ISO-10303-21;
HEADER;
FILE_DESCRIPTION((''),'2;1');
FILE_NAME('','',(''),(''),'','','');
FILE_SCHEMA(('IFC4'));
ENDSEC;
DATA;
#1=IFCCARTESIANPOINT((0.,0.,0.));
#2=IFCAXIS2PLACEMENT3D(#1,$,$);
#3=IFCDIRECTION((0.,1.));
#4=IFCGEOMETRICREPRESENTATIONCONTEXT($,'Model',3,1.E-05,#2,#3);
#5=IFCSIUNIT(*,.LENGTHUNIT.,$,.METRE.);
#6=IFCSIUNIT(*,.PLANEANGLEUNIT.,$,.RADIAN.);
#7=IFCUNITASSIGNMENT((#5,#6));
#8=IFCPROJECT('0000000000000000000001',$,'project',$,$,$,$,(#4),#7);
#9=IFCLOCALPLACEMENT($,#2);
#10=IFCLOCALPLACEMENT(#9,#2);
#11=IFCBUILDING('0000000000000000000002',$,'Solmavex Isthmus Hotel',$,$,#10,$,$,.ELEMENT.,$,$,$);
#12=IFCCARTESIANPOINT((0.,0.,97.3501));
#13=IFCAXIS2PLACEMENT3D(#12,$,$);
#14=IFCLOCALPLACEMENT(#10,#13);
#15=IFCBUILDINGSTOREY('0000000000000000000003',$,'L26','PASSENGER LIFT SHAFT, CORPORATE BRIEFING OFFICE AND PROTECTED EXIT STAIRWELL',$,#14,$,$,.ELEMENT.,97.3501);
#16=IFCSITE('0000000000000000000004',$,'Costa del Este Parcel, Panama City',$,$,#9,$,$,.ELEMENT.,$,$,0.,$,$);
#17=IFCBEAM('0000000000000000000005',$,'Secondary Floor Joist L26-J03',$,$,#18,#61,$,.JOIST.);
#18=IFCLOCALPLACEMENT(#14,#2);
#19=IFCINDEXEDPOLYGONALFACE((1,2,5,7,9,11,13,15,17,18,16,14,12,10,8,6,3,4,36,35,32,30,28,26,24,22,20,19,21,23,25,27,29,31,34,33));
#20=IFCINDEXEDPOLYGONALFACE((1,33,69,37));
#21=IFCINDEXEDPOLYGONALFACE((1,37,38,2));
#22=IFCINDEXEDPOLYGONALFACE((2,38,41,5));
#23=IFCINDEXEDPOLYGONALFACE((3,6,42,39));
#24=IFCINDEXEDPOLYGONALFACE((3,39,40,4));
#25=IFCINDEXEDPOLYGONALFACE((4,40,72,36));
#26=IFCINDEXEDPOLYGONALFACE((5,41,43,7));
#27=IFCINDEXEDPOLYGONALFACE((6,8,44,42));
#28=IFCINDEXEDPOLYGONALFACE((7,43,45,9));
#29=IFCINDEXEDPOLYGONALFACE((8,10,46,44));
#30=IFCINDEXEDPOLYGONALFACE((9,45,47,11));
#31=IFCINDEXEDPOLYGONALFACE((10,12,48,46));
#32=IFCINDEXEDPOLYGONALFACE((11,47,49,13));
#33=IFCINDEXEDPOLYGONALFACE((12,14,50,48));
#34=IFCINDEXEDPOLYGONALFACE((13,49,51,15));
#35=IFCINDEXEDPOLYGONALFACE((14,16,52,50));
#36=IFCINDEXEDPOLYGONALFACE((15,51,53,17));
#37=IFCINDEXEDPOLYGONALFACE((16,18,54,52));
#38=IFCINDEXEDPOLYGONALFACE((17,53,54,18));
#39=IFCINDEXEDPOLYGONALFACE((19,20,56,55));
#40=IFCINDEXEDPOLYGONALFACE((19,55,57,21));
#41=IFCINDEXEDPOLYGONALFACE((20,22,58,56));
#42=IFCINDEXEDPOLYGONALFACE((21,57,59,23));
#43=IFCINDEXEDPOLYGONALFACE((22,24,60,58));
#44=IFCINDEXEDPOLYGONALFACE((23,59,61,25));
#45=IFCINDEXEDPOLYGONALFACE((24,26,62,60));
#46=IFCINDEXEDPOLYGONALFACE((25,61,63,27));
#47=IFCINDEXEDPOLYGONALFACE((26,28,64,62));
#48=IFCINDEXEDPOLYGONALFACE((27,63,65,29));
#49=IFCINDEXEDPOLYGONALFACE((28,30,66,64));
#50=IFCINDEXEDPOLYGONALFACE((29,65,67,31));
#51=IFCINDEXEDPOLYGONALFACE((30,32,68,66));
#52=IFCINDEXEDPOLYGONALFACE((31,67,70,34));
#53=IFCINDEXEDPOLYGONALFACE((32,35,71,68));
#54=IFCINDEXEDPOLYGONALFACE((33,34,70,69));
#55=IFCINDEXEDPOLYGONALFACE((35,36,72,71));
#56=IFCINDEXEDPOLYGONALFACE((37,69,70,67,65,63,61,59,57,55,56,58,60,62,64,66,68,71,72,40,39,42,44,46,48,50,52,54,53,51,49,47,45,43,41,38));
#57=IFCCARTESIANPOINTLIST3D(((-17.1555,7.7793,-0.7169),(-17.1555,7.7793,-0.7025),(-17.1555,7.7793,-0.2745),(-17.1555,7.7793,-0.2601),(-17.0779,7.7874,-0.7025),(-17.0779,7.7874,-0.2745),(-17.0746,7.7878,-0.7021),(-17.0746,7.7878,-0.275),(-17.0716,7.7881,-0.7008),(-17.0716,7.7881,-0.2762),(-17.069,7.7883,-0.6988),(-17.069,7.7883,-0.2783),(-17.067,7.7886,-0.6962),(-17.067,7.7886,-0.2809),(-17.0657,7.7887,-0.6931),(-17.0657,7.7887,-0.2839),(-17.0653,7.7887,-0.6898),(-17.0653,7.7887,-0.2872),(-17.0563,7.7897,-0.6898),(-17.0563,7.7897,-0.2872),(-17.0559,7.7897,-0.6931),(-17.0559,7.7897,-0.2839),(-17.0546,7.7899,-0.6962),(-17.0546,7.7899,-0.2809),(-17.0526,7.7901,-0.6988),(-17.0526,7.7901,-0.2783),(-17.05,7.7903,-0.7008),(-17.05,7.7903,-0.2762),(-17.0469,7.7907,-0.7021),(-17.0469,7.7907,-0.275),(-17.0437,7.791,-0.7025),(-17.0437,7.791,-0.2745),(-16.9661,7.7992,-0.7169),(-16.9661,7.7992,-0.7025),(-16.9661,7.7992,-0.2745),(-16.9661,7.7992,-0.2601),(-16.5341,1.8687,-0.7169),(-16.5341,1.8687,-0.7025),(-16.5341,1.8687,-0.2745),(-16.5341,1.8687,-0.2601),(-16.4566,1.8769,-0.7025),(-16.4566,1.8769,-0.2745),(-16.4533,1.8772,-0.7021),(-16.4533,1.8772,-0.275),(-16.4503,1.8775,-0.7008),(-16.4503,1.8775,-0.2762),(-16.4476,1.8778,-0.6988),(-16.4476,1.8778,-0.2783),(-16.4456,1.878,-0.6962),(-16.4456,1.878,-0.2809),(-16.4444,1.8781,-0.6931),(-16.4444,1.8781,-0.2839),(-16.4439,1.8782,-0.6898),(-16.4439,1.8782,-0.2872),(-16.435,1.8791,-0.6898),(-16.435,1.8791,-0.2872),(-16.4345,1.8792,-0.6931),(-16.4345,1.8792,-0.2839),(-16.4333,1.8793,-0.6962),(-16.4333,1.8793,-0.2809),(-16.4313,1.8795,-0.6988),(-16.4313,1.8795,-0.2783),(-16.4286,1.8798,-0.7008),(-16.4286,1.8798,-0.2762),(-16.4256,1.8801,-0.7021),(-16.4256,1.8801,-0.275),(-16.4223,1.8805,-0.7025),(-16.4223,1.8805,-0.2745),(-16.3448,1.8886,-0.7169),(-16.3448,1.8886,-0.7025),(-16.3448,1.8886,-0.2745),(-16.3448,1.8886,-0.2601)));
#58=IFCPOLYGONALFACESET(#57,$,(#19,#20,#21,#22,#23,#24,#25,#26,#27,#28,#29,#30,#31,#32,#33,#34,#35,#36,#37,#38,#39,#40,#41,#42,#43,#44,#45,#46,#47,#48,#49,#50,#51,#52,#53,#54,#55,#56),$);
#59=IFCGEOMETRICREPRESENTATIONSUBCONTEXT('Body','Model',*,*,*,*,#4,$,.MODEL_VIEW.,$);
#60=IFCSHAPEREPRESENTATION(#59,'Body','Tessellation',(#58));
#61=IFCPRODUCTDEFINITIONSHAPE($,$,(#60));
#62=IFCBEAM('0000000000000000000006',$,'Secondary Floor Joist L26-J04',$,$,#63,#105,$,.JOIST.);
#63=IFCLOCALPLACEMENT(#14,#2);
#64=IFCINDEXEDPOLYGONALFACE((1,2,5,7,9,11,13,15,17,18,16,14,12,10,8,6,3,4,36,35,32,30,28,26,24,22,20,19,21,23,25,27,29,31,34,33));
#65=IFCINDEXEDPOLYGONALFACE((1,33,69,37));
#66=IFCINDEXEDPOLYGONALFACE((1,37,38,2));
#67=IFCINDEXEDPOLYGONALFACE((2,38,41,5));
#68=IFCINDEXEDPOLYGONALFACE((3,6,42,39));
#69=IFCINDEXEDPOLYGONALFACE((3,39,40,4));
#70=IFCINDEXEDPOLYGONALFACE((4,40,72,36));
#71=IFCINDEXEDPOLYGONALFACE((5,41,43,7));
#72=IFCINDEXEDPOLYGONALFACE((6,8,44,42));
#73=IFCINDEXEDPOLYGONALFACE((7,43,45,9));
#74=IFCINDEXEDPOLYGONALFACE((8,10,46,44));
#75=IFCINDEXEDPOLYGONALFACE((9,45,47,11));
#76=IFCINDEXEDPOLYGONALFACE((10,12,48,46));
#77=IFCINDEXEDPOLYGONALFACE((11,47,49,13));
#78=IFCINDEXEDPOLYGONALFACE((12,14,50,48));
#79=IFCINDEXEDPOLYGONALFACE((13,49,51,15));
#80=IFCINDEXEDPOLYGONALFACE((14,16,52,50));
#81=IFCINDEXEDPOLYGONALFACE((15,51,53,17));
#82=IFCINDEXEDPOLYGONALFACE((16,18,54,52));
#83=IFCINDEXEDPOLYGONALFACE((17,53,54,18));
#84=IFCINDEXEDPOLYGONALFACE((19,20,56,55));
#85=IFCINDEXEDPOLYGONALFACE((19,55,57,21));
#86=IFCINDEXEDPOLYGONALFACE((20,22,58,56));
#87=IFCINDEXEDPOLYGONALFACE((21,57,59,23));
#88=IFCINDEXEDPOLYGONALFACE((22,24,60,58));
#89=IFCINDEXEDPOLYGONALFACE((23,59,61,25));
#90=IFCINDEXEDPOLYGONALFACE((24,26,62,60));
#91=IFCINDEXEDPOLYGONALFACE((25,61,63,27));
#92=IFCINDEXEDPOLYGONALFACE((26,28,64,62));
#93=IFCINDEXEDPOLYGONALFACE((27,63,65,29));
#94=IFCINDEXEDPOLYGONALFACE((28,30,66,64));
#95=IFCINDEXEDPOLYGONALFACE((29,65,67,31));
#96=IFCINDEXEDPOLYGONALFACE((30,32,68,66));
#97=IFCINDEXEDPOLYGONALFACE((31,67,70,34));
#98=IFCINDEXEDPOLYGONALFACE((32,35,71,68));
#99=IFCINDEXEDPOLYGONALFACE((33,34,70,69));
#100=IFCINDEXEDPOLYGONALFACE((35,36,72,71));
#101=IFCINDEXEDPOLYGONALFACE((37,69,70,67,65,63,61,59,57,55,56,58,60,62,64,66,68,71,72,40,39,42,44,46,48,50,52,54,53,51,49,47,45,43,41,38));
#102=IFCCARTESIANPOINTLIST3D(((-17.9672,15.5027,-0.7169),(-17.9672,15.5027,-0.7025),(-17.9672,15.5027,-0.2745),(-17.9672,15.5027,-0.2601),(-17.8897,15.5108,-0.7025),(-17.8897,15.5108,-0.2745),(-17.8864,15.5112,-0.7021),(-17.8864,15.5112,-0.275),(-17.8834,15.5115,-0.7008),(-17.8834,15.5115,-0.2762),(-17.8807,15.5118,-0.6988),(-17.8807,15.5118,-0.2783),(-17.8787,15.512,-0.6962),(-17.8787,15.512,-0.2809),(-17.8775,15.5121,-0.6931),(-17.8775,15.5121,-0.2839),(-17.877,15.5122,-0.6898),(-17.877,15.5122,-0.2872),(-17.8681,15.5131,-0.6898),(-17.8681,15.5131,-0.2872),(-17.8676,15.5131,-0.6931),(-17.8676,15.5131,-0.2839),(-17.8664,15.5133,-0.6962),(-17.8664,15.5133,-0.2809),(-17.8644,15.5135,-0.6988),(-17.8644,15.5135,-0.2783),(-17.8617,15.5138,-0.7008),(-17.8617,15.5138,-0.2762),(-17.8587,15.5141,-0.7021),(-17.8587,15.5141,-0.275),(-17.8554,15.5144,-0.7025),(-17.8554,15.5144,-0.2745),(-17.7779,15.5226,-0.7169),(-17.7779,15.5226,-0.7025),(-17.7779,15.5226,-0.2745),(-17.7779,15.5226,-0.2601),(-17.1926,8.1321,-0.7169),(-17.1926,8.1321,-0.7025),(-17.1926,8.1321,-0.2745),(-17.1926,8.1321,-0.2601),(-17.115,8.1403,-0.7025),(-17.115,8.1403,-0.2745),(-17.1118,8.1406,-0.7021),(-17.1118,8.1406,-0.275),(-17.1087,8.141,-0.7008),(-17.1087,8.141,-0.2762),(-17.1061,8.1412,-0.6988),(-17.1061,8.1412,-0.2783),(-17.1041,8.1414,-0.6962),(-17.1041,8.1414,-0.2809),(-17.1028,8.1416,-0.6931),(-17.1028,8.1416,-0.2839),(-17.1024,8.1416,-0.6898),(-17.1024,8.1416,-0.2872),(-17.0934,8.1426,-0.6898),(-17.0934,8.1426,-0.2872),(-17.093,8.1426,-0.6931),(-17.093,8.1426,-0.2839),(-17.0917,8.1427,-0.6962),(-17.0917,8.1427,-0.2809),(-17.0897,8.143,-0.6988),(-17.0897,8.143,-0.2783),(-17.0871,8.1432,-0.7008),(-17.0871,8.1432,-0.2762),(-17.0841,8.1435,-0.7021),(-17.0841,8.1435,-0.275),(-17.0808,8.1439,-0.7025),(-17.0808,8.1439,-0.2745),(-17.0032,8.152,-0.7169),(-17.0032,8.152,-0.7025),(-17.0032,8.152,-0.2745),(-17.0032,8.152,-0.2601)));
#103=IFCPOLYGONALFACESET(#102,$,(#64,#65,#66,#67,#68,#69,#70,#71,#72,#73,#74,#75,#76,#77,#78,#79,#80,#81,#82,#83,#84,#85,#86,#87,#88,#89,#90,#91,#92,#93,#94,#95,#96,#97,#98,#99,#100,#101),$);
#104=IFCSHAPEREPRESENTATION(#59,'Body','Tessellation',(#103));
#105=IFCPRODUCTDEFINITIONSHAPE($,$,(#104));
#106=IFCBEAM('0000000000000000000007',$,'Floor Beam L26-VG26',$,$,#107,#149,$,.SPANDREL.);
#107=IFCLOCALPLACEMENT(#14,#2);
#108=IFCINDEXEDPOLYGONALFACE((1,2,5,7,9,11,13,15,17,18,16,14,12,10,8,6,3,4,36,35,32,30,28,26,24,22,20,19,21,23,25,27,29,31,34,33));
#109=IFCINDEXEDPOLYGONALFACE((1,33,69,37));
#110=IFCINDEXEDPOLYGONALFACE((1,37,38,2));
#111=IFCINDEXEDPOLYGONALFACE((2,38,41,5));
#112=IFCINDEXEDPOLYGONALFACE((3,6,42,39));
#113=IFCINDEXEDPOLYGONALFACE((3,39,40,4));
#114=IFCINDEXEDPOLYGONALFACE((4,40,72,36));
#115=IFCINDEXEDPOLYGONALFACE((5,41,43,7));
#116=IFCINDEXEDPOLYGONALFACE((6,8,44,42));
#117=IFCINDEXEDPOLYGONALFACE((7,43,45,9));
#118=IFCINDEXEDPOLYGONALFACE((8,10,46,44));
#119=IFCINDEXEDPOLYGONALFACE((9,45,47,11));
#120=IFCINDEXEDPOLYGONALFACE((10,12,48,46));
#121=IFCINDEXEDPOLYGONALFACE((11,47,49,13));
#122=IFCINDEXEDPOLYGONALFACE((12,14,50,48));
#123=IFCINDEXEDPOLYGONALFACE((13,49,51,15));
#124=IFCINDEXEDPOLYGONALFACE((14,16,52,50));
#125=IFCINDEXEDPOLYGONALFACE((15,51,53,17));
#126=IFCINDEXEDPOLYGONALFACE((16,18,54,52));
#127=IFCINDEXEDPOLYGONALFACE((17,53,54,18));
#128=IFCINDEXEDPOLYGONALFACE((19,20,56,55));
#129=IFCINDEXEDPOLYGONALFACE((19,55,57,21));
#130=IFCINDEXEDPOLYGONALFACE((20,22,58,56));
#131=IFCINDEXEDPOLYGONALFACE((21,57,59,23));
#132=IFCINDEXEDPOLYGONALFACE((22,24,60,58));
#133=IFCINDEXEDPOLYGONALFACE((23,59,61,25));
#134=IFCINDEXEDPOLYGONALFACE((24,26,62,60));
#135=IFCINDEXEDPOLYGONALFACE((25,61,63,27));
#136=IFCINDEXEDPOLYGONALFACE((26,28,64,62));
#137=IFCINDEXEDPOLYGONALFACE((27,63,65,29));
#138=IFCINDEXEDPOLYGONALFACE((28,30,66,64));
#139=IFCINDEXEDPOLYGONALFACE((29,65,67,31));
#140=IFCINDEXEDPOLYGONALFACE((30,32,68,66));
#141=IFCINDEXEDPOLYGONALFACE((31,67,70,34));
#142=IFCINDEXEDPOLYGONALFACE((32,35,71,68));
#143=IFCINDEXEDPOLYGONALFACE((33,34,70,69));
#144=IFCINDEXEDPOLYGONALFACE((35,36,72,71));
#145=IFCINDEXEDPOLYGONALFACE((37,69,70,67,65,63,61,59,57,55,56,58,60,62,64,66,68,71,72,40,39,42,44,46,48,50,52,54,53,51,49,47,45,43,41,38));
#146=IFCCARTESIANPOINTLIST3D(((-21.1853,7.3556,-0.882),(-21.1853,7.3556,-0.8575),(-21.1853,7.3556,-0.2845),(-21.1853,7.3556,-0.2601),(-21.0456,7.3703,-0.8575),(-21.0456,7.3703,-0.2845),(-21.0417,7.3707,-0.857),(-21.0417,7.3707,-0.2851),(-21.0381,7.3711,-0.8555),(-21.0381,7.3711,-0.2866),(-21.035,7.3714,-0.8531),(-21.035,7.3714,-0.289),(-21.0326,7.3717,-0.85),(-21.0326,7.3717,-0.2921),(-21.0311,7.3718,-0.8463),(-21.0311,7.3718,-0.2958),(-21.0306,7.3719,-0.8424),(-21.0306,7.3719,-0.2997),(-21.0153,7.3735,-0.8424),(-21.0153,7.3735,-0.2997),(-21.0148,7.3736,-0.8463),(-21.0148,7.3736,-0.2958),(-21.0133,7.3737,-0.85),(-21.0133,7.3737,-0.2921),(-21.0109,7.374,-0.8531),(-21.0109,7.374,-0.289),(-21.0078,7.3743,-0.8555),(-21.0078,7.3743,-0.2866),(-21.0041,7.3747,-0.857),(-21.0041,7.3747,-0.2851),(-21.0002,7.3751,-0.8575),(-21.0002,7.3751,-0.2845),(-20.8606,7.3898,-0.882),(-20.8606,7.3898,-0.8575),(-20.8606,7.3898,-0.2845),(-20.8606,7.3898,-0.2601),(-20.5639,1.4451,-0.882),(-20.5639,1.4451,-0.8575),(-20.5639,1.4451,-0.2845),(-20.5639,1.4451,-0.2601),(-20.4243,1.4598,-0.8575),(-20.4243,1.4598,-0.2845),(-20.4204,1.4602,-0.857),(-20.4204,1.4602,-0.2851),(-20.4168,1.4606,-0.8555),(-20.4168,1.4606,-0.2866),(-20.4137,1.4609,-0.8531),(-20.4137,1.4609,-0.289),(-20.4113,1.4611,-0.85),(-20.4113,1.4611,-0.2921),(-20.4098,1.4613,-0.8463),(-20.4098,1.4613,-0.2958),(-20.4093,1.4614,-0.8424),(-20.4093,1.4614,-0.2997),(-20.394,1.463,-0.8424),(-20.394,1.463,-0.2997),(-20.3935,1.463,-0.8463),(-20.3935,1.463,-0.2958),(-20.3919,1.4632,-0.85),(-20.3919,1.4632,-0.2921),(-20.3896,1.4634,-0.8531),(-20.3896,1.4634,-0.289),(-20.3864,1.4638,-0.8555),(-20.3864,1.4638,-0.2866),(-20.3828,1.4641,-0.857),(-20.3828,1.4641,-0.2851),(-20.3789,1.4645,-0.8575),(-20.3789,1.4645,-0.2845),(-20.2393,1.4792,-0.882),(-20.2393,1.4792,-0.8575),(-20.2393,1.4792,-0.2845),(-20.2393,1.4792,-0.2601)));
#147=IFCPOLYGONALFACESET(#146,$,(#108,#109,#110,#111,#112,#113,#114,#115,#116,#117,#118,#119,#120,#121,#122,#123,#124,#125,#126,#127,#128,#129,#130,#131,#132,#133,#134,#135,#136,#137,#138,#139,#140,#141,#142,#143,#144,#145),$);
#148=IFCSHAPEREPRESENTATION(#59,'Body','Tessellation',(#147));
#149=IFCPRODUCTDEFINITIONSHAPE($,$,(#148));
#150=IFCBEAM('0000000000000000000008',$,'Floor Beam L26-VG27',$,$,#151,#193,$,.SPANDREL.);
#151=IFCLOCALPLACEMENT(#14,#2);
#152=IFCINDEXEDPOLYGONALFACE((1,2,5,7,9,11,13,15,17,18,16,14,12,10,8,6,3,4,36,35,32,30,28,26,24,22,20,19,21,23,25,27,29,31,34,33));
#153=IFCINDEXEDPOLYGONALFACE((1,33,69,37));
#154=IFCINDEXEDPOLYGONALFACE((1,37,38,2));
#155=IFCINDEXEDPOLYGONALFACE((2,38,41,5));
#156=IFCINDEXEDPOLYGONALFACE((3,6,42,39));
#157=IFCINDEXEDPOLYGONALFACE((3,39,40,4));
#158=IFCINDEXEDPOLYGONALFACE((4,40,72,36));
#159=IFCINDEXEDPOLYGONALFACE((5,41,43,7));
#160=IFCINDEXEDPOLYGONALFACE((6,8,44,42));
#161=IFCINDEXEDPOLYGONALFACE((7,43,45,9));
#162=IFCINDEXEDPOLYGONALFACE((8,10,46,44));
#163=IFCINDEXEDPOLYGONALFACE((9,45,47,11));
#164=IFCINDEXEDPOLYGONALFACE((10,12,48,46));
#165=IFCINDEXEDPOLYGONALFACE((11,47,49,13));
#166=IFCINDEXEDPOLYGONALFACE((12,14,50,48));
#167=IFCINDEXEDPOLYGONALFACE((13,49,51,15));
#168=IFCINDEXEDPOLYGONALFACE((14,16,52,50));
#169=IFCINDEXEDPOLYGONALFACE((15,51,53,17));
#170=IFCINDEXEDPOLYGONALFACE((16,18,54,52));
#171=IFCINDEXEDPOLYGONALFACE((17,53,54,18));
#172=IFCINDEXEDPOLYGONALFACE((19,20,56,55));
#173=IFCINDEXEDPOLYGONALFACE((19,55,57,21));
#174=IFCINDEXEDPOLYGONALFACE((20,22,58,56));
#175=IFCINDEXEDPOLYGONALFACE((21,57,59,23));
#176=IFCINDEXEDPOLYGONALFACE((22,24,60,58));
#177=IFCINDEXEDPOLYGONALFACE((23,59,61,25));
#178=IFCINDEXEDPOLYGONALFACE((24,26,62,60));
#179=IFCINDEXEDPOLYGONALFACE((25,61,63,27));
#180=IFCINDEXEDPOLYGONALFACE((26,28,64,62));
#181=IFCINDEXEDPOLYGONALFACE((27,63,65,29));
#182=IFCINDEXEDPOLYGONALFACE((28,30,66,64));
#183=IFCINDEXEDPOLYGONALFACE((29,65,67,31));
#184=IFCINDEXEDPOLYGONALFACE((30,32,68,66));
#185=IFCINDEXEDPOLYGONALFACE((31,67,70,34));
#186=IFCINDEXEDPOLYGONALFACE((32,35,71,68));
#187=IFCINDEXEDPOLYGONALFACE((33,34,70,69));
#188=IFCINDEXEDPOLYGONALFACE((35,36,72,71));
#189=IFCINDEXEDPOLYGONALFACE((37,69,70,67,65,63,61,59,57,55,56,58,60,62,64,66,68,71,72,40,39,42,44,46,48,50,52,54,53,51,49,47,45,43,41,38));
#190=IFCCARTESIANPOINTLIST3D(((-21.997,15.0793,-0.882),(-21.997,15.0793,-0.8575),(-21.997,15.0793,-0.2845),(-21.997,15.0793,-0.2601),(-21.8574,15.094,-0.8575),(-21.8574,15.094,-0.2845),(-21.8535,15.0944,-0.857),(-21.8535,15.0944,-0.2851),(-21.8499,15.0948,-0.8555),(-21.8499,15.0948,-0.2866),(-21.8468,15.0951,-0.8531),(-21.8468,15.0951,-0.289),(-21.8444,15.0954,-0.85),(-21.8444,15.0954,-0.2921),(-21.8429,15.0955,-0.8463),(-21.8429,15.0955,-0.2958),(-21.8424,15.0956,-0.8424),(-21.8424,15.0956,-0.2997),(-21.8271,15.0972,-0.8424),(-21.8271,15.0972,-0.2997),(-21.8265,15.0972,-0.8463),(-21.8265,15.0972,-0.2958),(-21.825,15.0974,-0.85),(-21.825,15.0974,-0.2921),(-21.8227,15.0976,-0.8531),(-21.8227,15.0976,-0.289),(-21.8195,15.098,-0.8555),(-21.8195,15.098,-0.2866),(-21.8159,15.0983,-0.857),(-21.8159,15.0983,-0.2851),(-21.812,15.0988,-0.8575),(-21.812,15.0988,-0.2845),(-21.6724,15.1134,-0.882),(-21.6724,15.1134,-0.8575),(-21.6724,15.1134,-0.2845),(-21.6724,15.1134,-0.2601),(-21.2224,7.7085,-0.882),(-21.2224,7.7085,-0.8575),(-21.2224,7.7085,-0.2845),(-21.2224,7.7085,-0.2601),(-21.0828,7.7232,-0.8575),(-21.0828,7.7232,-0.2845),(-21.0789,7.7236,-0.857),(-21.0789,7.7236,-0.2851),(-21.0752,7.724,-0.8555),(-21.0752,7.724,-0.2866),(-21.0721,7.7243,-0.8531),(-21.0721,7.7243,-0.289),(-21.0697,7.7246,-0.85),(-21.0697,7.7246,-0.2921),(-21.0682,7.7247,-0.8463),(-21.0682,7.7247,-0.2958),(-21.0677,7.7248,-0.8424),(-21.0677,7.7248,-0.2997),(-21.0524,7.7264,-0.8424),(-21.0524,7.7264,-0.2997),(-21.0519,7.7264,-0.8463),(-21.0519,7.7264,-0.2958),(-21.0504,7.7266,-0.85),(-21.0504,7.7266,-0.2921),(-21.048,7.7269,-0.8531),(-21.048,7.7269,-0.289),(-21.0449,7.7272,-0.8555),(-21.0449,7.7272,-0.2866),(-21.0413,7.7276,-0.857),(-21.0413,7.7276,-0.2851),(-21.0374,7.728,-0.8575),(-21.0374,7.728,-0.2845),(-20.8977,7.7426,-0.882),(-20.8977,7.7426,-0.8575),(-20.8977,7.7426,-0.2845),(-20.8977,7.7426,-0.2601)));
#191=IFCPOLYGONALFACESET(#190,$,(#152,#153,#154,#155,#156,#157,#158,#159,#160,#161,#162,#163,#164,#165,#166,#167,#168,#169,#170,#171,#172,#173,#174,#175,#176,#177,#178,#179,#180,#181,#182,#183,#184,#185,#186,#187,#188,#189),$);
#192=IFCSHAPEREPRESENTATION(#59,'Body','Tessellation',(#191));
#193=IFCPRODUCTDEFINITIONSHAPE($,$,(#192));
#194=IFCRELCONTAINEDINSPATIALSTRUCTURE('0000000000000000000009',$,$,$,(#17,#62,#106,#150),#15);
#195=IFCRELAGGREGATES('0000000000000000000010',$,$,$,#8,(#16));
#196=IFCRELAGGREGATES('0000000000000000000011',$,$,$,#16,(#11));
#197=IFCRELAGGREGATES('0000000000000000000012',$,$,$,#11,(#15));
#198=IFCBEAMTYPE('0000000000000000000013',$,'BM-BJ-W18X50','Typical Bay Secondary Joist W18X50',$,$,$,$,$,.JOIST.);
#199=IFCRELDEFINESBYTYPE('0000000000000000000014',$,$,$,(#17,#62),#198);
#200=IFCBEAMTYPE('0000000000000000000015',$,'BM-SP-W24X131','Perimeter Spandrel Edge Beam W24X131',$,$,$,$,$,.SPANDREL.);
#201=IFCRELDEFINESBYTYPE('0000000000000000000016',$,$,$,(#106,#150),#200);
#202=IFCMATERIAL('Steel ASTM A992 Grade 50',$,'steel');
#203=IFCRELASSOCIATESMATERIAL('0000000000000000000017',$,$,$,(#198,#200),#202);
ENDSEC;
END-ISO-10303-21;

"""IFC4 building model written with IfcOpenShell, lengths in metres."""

from ifc_helpers import new_model, si_unit, direction, frame, origin, origin_2d, place, context, subcontext, project, spatial, i_section, extrude, material, material_profile, profile_set, type_object, element, save


model = new_model("IFC4")

# Units and contexts
model_context = context("Model", 3, precision=1e-05, world=origin(), true_north=direction((0.0, 1.0)))
body_context = subcontext(model_context, "Body", "Model", "MODEL_VIEW")
ifc_project = project(units=[si_unit("LENGTHUNIT", "METRE"), si_unit("PLANEANGLEUNIT", "RADIAN")], contexts=[model_context])

# Site, building, storey
site_placement = place(None, origin())
site = spatial("IfcSite", under=ifc_project, at=site_placement, Name="Costa del Este Parcel, Panama City", CompositionType="ELEMENT", RefElevation=0.0)
building_placement = place(site_placement, origin())
building = spatial("IfcBuilding", under=site, at=building_placement, Name="Solmavex Isthmus Hotel", CompositionType="ELEMENT")
storey_placement = place(building_placement, frame((0.0, 0.0, 97.3501)))
storey = spatial("IfcBuildingStorey", under=building, at=storey_placement, Name="L26", Description="PASSENGER LIFT SHAFT, CORPORATE BRIEFING OFFICE AND PROTECTED EXIT STAIRWELL", CompositionType="ELEMENT", Elevation=97.3501)

# Beams
ifc_material_1 = material(Name="Steel ASTM A992 Grade 50", Category="steel")
ifc_material_profile_1 = material_profile(ifc_material_1, i_section(OverallWidth=0.1904, OverallDepth=0.4568, WebThickness=0.009, FlangeThickness=0.0144, FilletRadius=0.0127, at=origin_2d()), Name="W18X50")
ifc_profile_set_1 = profile_set([ifc_material_profile_1], Name="Steel ASTM A992 Grade 50")
beam_type_1 = type_object("IfcBeamType", Name="BM-BJ-W18X50", Description="Typical Bay Secondary Joist W18X50", PredefinedType="JOIST", material=ifc_profile_set_1)
beam_1_placement = place(storey_placement, frame((-16.4395, 1.8787, -0.4885), z_axis=(-0.104546, 0.99452, 0.0), x_axis=(-0.99452, -0.104546, 0.0)))
element("IfcBeam", 1, at=beam_1_placement, inside=storey, type_object=beam_type_1, Name="Secondary Floor Joist L26-J03", PredefinedType="JOIST", context=body_context, shape_type="SweptSolid", body=[
    extrude(i_section(OverallWidth=0.1904, OverallDepth=0.4568, WebThickness=0.009, FlangeThickness=0.0144, FilletRadius=0.0127, at=origin_2d()), origin(), (0.0, 0.0, 1.0), 5.9431),
])
beam_2_placement = place(storey_placement, frame((-17.0979, 8.1421, -0.4885), z_axis=(-0.104525, 0.994522, 0.0), x_axis=(-0.994522, -0.104525, 0.0)))
element("IfcBeam", 2, at=beam_2_placement, inside=storey, type_object=beam_type_1, Name="Secondary Floor Joist L26-J04", PredefinedType="JOIST", context=body_context, shape_type="SweptSolid", body=[
    extrude(i_section(OverallWidth=0.1904, OverallDepth=0.4568, WebThickness=0.009, FlangeThickness=0.0144, FilletRadius=0.0127, at=origin_2d()), origin(), (0.0, 0.0, 1.0), 7.4111),
])
ifc_material_profile_2 = material_profile(ifc_material_1, i_section(OverallWidth=0.3264, OverallDepth=0.6218, WebThickness=0.0154, FlangeThickness=0.0244, FilletRadius=0.0151, at=origin_2d()), Name="W24X131")
ifc_profile_set_2 = profile_set([ifc_material_profile_2], Name="Steel ASTM A992 Grade 50")
beam_type_2 = type_object("IfcBeamType", Name="BM-SP-W24X131", Description="Perimeter Spandrel Edge Beam W24X131", PredefinedType="SPANDREL", material=ifc_profile_set_2)
beam_3_placement = place(storey_placement, frame((-20.4016, 1.4622, -0.571), z_axis=(-0.104546, 0.99452, 0.0), x_axis=(-0.99452, -0.104546, 0.0)))
element("IfcBeam", 3, at=beam_3_placement, inside=storey, type_object=beam_type_2, Name="Floor Beam L26-VG26", PredefinedType="SPANDREL", context=body_context, shape_type="SweptSolid", body=[
    extrude(i_section(OverallWidth=0.3264, OverallDepth=0.6218, WebThickness=0.0154, FlangeThickness=0.0244, FilletRadius=0.0151, at=origin_2d()), origin(), (0.0, 0.0, 1.0), 5.9431),
])
beam_4_placement = place(storey_placement, frame((-21.0601, 7.7256, -0.571), z_axis=(-0.104522, 0.994523, 0.0), x_axis=(-0.994523, -0.104522, 0.0)))
element("IfcBeam", 4, at=beam_4_placement, inside=storey, type_object=beam_type_2, Name="Floor Beam L26-VG27", PredefinedType="SPANDREL", context=body_context, shape_type="SweptSolid", body=[
    extrude(i_section(OverallWidth=0.3264, OverallDepth=0.6218, WebThickness=0.0154, FlangeThickness=0.0244, FilletRadius=0.0151, at=origin_2d()), origin(), (0.0, 0.0, 1.0), 7.4114),
])

save(model, "model.ifc")
